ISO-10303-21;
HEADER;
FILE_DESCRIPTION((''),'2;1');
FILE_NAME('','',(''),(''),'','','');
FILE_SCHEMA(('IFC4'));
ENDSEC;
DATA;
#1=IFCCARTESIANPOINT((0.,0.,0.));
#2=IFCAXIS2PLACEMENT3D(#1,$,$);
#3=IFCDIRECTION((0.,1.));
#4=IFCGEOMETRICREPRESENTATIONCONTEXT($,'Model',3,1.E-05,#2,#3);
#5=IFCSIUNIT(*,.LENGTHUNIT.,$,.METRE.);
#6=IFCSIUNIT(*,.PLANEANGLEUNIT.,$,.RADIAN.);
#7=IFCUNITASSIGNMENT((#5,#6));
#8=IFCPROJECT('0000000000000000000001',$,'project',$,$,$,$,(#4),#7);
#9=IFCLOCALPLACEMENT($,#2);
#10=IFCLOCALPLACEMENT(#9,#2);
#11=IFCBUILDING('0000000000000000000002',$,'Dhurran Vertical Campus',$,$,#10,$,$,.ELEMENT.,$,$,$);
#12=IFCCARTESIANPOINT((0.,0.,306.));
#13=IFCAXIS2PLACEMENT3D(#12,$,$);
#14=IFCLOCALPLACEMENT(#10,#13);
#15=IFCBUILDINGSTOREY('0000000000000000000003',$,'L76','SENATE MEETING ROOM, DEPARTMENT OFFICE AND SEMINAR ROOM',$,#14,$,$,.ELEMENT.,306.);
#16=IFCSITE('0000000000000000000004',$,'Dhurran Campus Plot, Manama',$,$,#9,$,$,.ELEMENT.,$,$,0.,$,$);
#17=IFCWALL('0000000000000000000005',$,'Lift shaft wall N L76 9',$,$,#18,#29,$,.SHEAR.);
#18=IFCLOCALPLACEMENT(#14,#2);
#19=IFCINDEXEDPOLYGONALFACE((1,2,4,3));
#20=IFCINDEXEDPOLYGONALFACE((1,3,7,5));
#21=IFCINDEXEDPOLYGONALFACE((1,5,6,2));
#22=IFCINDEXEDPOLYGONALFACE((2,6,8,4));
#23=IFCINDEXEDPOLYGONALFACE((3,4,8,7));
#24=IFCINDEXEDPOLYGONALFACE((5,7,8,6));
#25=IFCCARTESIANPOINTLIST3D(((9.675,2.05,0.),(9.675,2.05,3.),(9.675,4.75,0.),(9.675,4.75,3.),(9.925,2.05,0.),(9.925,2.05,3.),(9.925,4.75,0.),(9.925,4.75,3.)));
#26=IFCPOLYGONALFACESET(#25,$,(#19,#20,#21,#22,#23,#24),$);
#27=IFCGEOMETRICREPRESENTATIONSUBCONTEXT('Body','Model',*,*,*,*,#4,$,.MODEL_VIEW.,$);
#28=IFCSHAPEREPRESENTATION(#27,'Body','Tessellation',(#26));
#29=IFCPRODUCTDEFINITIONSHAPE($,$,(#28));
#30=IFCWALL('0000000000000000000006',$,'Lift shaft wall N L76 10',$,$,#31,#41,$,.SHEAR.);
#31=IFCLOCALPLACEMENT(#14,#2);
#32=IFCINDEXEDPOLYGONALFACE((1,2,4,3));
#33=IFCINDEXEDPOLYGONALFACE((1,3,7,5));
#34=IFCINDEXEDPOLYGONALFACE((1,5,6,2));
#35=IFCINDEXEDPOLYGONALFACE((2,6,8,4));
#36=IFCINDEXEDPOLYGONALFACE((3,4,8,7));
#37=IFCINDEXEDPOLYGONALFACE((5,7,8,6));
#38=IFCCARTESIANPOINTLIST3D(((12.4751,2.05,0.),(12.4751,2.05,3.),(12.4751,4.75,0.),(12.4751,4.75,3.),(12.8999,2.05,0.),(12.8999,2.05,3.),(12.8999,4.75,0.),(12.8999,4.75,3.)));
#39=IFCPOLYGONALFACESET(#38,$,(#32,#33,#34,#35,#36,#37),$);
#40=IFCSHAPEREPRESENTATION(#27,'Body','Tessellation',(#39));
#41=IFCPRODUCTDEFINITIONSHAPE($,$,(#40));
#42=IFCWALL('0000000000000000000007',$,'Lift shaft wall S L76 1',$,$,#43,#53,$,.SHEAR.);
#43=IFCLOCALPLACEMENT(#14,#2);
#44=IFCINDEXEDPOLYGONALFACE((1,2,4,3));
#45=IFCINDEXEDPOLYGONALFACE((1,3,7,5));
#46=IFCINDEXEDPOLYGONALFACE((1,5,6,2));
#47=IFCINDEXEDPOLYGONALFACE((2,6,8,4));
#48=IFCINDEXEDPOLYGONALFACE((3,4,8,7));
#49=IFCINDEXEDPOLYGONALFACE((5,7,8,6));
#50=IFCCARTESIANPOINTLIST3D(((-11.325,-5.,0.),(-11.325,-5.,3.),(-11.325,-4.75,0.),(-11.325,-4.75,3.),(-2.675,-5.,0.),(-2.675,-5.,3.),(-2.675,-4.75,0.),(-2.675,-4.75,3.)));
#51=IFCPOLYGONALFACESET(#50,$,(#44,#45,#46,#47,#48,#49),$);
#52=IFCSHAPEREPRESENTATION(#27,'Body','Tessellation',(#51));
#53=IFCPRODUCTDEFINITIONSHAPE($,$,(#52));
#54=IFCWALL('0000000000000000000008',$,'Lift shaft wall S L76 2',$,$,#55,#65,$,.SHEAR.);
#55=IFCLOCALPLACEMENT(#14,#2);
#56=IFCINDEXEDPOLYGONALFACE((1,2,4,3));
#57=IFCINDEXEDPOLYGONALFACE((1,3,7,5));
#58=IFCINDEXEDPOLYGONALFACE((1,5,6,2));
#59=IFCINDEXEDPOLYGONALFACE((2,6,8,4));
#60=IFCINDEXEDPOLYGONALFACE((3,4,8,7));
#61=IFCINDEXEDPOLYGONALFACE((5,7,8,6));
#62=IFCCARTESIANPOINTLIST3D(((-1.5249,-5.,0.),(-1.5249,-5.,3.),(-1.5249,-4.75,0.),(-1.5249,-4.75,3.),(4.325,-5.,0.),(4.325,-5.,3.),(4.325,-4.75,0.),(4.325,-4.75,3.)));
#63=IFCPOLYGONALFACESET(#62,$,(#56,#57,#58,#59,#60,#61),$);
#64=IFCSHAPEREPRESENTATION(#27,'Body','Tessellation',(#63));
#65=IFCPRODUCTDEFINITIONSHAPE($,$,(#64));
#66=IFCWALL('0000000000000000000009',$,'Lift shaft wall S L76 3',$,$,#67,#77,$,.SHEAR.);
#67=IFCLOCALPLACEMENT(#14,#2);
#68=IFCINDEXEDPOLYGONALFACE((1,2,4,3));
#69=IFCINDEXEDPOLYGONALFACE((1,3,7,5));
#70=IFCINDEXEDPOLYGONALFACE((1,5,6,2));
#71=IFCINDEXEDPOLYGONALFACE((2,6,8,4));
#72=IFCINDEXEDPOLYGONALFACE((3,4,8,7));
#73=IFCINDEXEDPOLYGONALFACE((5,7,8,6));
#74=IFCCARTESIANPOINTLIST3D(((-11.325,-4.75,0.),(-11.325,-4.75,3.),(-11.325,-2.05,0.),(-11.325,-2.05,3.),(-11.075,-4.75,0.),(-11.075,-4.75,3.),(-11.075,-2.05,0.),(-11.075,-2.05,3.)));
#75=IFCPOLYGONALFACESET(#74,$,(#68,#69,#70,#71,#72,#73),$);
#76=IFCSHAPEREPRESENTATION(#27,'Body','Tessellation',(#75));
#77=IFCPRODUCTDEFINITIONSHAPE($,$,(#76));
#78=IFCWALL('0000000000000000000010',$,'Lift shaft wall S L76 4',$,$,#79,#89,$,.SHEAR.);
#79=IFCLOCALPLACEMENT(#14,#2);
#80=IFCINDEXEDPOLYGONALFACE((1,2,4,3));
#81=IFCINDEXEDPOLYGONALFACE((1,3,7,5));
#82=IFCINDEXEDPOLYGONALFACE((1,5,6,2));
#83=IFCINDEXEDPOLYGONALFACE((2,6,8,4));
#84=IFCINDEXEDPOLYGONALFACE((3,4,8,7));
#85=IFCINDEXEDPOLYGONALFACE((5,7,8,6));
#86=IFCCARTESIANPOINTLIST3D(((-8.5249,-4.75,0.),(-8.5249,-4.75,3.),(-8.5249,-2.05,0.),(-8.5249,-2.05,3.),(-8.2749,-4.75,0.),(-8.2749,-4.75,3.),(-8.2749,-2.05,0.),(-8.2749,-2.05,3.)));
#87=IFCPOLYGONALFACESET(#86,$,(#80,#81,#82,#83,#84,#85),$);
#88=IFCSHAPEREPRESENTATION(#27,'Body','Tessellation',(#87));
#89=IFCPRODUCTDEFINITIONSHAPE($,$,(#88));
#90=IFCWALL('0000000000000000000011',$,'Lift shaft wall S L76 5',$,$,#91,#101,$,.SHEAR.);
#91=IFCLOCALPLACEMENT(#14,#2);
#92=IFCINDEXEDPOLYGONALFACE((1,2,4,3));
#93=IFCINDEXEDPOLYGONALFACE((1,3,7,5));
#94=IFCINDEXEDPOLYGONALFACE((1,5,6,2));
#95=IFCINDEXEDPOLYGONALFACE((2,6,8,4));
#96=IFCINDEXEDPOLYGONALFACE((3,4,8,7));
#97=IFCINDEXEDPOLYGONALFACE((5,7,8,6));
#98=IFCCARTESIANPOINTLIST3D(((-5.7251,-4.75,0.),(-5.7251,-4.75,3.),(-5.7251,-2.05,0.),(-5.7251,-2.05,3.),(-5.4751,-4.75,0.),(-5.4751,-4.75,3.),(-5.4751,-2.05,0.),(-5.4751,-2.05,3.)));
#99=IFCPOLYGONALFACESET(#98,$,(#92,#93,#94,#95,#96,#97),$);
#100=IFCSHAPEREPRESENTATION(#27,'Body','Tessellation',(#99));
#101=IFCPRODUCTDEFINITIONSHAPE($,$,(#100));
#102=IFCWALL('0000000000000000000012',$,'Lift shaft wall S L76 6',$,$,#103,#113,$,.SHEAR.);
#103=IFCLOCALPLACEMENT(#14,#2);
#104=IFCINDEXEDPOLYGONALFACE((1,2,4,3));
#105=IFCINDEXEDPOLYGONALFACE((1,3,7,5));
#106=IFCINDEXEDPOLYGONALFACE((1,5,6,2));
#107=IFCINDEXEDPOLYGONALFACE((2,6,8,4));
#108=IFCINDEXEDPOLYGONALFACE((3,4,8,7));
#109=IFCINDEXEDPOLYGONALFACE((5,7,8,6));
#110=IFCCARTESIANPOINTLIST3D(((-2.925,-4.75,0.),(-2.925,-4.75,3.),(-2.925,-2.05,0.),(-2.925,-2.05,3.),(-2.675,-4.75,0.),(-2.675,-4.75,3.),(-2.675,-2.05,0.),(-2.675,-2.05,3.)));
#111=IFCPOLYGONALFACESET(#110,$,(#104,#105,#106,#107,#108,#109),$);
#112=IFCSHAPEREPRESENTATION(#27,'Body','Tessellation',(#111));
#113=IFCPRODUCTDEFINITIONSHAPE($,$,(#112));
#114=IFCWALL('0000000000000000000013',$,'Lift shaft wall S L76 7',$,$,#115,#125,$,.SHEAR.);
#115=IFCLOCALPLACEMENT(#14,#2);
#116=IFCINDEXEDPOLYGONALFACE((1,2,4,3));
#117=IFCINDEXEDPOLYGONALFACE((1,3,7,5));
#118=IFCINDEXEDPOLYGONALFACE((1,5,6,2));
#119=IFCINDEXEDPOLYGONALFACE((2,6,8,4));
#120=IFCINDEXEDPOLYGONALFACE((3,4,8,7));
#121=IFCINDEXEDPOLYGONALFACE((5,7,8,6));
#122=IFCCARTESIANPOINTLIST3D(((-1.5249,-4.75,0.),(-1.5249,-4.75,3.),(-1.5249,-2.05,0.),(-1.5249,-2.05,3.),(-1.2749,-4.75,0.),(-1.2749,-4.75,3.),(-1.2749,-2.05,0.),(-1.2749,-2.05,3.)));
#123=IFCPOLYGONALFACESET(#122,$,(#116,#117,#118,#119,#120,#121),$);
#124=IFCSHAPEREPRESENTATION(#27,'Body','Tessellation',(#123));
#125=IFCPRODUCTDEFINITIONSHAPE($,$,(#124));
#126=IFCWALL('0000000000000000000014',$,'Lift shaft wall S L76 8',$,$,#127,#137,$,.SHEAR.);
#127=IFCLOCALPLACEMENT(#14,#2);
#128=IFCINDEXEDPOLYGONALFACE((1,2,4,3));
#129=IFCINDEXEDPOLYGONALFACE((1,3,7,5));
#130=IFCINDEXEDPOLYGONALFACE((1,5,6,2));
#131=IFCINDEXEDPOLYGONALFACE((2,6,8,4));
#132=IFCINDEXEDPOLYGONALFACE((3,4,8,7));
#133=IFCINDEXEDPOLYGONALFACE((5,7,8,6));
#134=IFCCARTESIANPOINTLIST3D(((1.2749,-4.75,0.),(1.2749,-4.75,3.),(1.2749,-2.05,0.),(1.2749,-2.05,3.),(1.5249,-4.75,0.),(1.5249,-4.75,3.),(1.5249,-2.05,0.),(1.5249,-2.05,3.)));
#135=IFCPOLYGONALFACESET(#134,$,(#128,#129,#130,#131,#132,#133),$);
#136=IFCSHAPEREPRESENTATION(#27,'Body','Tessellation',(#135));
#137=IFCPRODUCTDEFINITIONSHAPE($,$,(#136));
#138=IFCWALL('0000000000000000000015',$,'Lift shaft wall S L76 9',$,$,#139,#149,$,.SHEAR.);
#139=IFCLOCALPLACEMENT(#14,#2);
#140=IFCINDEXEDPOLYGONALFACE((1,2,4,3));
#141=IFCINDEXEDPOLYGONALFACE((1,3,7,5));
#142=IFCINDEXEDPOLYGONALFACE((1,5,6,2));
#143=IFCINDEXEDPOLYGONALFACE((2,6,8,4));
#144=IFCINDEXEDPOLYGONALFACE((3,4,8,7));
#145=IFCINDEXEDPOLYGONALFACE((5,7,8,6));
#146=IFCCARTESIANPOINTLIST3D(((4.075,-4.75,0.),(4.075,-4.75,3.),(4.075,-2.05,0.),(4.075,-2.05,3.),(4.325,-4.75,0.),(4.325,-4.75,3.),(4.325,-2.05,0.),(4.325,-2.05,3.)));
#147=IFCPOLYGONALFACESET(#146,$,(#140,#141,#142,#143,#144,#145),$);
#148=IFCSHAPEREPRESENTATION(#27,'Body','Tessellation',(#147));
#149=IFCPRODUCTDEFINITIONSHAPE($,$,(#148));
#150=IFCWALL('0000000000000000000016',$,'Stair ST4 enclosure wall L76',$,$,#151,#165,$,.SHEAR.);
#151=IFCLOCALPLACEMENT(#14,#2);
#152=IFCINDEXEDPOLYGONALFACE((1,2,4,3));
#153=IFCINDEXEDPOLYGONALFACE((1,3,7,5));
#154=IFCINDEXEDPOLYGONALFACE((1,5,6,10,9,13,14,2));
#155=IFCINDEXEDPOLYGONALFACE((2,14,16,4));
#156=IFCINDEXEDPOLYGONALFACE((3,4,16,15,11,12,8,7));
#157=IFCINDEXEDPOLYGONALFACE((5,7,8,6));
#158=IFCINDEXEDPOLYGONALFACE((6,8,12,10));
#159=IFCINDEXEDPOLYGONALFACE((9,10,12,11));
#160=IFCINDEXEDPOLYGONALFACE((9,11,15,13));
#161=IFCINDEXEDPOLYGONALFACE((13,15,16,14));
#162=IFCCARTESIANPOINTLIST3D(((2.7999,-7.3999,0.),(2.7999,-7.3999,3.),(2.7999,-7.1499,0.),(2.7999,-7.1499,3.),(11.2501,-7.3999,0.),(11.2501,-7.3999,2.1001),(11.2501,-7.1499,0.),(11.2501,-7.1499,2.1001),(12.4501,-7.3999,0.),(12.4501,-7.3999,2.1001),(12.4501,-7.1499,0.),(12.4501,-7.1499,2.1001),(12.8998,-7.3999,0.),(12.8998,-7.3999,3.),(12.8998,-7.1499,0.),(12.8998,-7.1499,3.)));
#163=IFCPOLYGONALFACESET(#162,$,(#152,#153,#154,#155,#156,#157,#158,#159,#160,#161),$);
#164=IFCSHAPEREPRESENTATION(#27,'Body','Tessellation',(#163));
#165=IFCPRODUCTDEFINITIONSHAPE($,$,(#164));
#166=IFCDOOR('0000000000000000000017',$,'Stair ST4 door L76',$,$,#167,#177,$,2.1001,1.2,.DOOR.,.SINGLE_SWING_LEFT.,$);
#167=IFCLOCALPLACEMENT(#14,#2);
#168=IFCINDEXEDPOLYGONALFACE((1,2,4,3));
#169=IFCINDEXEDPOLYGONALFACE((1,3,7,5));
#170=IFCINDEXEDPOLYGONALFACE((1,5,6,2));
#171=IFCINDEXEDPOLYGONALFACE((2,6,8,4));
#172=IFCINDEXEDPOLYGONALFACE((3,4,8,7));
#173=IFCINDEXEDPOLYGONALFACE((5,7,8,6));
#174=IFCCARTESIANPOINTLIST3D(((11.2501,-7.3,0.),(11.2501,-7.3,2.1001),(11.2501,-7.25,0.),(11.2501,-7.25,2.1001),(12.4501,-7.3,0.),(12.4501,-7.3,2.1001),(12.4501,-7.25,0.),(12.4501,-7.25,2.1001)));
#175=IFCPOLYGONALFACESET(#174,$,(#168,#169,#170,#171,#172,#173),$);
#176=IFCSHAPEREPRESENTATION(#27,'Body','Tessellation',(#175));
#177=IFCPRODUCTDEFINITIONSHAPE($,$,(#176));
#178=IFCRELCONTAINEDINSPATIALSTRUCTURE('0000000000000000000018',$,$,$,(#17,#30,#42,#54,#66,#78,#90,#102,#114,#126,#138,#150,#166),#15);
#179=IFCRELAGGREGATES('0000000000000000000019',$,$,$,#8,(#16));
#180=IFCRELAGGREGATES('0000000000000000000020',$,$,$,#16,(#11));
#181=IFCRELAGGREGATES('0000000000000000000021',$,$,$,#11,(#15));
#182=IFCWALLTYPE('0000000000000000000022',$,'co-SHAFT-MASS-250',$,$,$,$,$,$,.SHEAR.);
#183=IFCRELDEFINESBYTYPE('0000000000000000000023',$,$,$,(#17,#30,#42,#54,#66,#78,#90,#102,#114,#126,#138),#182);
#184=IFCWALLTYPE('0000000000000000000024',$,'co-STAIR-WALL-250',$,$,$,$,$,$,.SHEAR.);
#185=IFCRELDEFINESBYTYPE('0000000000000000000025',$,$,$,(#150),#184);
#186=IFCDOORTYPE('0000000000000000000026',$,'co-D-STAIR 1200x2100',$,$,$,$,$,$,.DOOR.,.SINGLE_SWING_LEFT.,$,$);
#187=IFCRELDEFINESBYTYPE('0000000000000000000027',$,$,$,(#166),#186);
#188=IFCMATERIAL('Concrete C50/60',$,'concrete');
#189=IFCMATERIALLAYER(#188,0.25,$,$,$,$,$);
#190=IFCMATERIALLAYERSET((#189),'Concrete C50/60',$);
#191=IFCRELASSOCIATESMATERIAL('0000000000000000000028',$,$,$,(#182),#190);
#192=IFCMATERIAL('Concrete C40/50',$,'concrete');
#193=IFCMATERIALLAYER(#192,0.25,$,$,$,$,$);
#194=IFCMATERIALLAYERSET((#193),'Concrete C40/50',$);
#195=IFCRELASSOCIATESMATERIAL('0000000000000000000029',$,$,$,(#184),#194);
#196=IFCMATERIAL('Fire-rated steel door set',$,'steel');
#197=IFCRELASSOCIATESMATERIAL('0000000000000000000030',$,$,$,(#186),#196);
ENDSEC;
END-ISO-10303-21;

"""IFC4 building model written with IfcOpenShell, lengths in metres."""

from ifc_helpers import new_model, si_unit, direction, frame, frame_2d, origin, place, context, subcontext, project, spatial, polyline, rectangle, outline, extrude, material, layer, layer_set, type_object, element, fill, save


model = new_model("IFC4")

# Units and contexts
model_context = context("Model", 3, precision=1e-05, world=origin(), true_north=direction((0.0, 1.0)))
body_context = subcontext(model_context, "Body", "Model", "MODEL_VIEW")
ifc_project = project(units=[si_unit("LENGTHUNIT", "METRE"), si_unit("PLANEANGLEUNIT", "RADIAN")], contexts=[model_context])

# Site, building, storey
site_placement = place(None, origin())
site = spatial("IfcSite", under=ifc_project, at=site_placement, Name="Dhurran Campus Plot, Manama", CompositionType="ELEMENT", RefElevation=0.0)
building_placement = place(site_placement, origin())
building = spatial("IfcBuilding", under=site, at=building_placement, Name="Dhurran Vertical Campus", CompositionType="ELEMENT")
storey_placement = place(building_placement, frame((0.0, 0.0, 306.0)))
storey = spatial("IfcBuildingStorey", under=building, at=storey_placement, Name="L76", Description="SENATE MEETING ROOM, DEPARTMENT OFFICE AND SEMINAR ROOM", CompositionType="ELEMENT", Elevation=306.0)

# Walls
ifc_material_1 = material(Name="Concrete C50/60", Category="concrete")
ifc_layer_1 = layer(ifc_material_1, 0.25)
ifc_layer_set_1 = layer_set([ifc_layer_1], Name="Concrete C50/60")
wall_type_1 = type_object("IfcWallType", Name="co-SHAFT-MASS-250", PredefinedType="SHEAR", material=ifc_layer_set_1)
wall_1_placement = place(storey_placement, origin())
element("IfcWall", 1, at=wall_1_placement, inside=storey, type_object=wall_type_1, Name="Lift shaft wall N L76 9", PredefinedType="SHEAR", context=body_context, shape_type="SweptSolid", body=[
    extrude(outline(polyline([(9.675, 2.05), (9.925, 2.05), (9.925, 4.75), (9.675, 4.75), (9.675, 2.05)])), origin(), (0.0, 0.0, 1.0), 3.0),
])
wall_2_placement = place(storey_placement, origin())
element("IfcWall", 2, at=wall_2_placement, inside=storey, type_object=wall_type_1, Name="Lift shaft wall N L76 10", PredefinedType="SHEAR", context=body_context, shape_type="SweptSolid", body=[
    extrude(outline(polyline([(12.4751, 2.05), (12.8999, 2.05), (12.8999, 4.75), (12.4751, 4.75), (12.4751, 2.05)])), origin(), (0.0, 0.0, 1.0), 3.0),
])
wall_3_placement = place(storey_placement, origin())
element("IfcWall", 3, at=wall_3_placement, inside=storey, type_object=wall_type_1, Name="Lift shaft wall S L76 1", PredefinedType="SHEAR", context=body_context, shape_type="SweptSolid", body=[
    extrude(outline(polyline([(-11.325, -5.0), (-2.675, -5.0), (-2.675, -4.75), (-11.325, -4.75), (-11.325, -5.0)])), origin(), (0.0, 0.0, 1.0), 3.0),
])
wall_4_placement = place(storey_placement, origin())
element("IfcWall", 4, at=wall_4_placement, inside=storey, type_object=wall_type_1, Name="Lift shaft wall S L76 2", PredefinedType="SHEAR", context=body_context, shape_type="SweptSolid", body=[
    extrude(outline(polyline([(-1.5249, -5.0), (4.325, -5.0), (4.325, -4.75), (-1.5249, -4.75), (-1.5249, -5.0)])), origin(), (0.0, 0.0, 1.0), 3.0),
])
wall_5_placement = place(storey_placement, origin())
element("IfcWall", 5, at=wall_5_placement, inside=storey, type_object=wall_type_1, Name="Lift shaft wall S L76 3", PredefinedType="SHEAR", context=body_context, shape_type="SweptSolid", body=[
    extrude(outline(polyline([(-11.325, -4.75), (-11.075, -4.75), (-11.075, -2.05), (-11.325, -2.05), (-11.325, -4.75)])), origin(), (0.0, 0.0, 1.0), 3.0),
])
wall_6_placement = place(storey_placement, origin())
element("IfcWall", 6, at=wall_6_placement, inside=storey, type_object=wall_type_1, Name="Lift shaft wall S L76 4", PredefinedType="SHEAR", context=body_context, shape_type="SweptSolid", body=[
    extrude(outline(polyline([(-8.5249, -4.75), (-8.2749, -4.75), (-8.2749, -2.05), (-8.5249, -2.05), (-8.5249, -4.75)])), origin(), (0.0, 0.0, 1.0), 3.0),
])
wall_7_placement = place(storey_placement, origin())
element("IfcWall", 7, at=wall_7_placement, inside=storey, type_object=wall_type_1, Name="Lift shaft wall S L76 5", PredefinedType="SHEAR", context=body_context, shape_type="SweptSolid", body=[
    extrude(outline(polyline([(-5.7251, -4.75), (-5.4751, -4.75), (-5.4751, -2.05), (-5.7251, -2.05), (-5.7251, -4.75)])), origin(), (0.0, 0.0, 1.0), 3.0),
])
wall_8_placement = place(storey_placement, origin())
element("IfcWall", 8, at=wall_8_placement, inside=storey, type_object=wall_type_1, Name="Lift shaft wall S L76 6", PredefinedType="SHEAR", context=body_context, shape_type="SweptSolid", body=[
    extrude(outline(polyline([(-2.925, -4.75), (-2.675, -4.75), (-2.675, -2.05), (-2.925, -2.05), (-2.925, -4.75)])), origin(), (0.0, 0.0, 1.0), 3.0),
])
wall_9_placement = place(storey_placement, origin())
element("IfcWall", 9, at=wall_9_placement, inside=storey, type_object=wall_type_1, Name="Lift shaft wall S L76 7", PredefinedType="SHEAR", context=body_context, shape_type="SweptSolid", body=[
    extrude(outline(polyline([(-1.5249, -4.75), (-1.2749, -4.75), (-1.2749, -2.05), (-1.5249, -2.05), (-1.5249, -4.75)])), origin(), (0.0, 0.0, 1.0), 3.0),
])
wall_10_placement = place(storey_placement, origin())
element("IfcWall", 10, at=wall_10_placement, inside=storey, type_object=wall_type_1, Name="Lift shaft wall S L76 8", PredefinedType="SHEAR", context=body_context, shape_type="SweptSolid", body=[
    extrude(outline(polyline([(1.2749, -4.75), (1.5249, -4.75), (1.5249, -2.05), (1.2749, -2.05), (1.2749, -4.75)])), origin(), (0.0, 0.0, 1.0), 3.0),
])
wall_11_placement = place(storey_placement, origin())
element("IfcWall", 11, at=wall_11_placement, inside=storey, type_object=wall_type_1, Name="Lift shaft wall S L76 9", PredefinedType="SHEAR", context=body_context, shape_type="SweptSolid", body=[
    extrude(outline(polyline([(4.075, -4.75), (4.325, -4.75), (4.325, -2.05), (4.075, -2.05), (4.075, -4.75)])), origin(), (0.0, 0.0, 1.0), 3.0),
])

# Wall, opening, door
ifc_material_2 = material(Name="Concrete C40/50", Category="concrete")
ifc_layer_2 = layer(ifc_material_2, 0.25)
ifc_layer_set_2 = layer_set([ifc_layer_2], Name="Concrete C40/50")
wall_type_2 = type_object("IfcWallType", Name="co-STAIR-WALL-250", PredefinedType="SHEAR", material=ifc_layer_set_2)
wall_12_placement = place(storey_placement, frame((2.8, -7.2749, 0.0), z_axis=(0.0, 0.0, 1.0), x_axis=(1.0, 0.0, 0.0)))
wall_12 = element("IfcWall", 12, at=wall_12_placement, inside=storey, type_object=wall_type_2, Name="Stair ST4 enclosure wall L76", PredefinedType="SHEAR", context=body_context, shape_type="SweptSolid", body=[
    extrude(rectangle(XDim=10.0999, YDim=0.25, at=frame_2d((5.0498, 0.0))), origin(), (0.0, 0.0, 1.0), 3.0),
])
opening_1_placement = place(wall_12_placement, frame((8.45, 0.0, 0.0)))
opening_1 = element("IfcOpeningElement", 13, at=opening_1_placement, cuts=wall_12, PredefinedType="OPENING", context=body_context, shape_type="SweptSolid", body=[
    extrude(rectangle(XDim=1.2, YDim=2.1001, at=frame_2d((0.6001, 1.05))), frame((0.0, 0.135, 0.0), z_axis=(0.0, -1.0, 0.0), x_axis=(1.0, 0.0, 0.0)), (0.0, 0.0, 1.0), 0.27),
])
ifc_material_3 = material(Name="Fire-rated steel door set", Category="steel")
door_type_1 = type_object("IfcDoorType", Name="co-D-STAIR 1200x2100", OperationType="SINGLE_SWING_LEFT", PredefinedType="DOOR", material=ifc_material_3)
door_1_placement = place(opening_1_placement, origin())
door_1 = element("IfcDoor", 14, at=door_1_placement, inside=storey, type_object=door_type_1, Name="Stair ST4 door L76", OperationType="SINGLE_SWING_LEFT", OverallHeight=2.1001, OverallWidth=1.2, PredefinedType="DOOR", context=body_context, shape_type="SweptSolid", body=[
    extrude(rectangle(XDim=1.2, YDim=2.1001, at=frame_2d((0.6001, 1.05))), frame((0.0, 0.0249, 0.0), z_axis=(0.0, -1.0, 0.0), x_axis=(1.0, 0.0, 0.0)), (0.0, 0.0, 1.0), 0.05),
])
fill(opening_1, door_1)

save(model, "model.ifc")
